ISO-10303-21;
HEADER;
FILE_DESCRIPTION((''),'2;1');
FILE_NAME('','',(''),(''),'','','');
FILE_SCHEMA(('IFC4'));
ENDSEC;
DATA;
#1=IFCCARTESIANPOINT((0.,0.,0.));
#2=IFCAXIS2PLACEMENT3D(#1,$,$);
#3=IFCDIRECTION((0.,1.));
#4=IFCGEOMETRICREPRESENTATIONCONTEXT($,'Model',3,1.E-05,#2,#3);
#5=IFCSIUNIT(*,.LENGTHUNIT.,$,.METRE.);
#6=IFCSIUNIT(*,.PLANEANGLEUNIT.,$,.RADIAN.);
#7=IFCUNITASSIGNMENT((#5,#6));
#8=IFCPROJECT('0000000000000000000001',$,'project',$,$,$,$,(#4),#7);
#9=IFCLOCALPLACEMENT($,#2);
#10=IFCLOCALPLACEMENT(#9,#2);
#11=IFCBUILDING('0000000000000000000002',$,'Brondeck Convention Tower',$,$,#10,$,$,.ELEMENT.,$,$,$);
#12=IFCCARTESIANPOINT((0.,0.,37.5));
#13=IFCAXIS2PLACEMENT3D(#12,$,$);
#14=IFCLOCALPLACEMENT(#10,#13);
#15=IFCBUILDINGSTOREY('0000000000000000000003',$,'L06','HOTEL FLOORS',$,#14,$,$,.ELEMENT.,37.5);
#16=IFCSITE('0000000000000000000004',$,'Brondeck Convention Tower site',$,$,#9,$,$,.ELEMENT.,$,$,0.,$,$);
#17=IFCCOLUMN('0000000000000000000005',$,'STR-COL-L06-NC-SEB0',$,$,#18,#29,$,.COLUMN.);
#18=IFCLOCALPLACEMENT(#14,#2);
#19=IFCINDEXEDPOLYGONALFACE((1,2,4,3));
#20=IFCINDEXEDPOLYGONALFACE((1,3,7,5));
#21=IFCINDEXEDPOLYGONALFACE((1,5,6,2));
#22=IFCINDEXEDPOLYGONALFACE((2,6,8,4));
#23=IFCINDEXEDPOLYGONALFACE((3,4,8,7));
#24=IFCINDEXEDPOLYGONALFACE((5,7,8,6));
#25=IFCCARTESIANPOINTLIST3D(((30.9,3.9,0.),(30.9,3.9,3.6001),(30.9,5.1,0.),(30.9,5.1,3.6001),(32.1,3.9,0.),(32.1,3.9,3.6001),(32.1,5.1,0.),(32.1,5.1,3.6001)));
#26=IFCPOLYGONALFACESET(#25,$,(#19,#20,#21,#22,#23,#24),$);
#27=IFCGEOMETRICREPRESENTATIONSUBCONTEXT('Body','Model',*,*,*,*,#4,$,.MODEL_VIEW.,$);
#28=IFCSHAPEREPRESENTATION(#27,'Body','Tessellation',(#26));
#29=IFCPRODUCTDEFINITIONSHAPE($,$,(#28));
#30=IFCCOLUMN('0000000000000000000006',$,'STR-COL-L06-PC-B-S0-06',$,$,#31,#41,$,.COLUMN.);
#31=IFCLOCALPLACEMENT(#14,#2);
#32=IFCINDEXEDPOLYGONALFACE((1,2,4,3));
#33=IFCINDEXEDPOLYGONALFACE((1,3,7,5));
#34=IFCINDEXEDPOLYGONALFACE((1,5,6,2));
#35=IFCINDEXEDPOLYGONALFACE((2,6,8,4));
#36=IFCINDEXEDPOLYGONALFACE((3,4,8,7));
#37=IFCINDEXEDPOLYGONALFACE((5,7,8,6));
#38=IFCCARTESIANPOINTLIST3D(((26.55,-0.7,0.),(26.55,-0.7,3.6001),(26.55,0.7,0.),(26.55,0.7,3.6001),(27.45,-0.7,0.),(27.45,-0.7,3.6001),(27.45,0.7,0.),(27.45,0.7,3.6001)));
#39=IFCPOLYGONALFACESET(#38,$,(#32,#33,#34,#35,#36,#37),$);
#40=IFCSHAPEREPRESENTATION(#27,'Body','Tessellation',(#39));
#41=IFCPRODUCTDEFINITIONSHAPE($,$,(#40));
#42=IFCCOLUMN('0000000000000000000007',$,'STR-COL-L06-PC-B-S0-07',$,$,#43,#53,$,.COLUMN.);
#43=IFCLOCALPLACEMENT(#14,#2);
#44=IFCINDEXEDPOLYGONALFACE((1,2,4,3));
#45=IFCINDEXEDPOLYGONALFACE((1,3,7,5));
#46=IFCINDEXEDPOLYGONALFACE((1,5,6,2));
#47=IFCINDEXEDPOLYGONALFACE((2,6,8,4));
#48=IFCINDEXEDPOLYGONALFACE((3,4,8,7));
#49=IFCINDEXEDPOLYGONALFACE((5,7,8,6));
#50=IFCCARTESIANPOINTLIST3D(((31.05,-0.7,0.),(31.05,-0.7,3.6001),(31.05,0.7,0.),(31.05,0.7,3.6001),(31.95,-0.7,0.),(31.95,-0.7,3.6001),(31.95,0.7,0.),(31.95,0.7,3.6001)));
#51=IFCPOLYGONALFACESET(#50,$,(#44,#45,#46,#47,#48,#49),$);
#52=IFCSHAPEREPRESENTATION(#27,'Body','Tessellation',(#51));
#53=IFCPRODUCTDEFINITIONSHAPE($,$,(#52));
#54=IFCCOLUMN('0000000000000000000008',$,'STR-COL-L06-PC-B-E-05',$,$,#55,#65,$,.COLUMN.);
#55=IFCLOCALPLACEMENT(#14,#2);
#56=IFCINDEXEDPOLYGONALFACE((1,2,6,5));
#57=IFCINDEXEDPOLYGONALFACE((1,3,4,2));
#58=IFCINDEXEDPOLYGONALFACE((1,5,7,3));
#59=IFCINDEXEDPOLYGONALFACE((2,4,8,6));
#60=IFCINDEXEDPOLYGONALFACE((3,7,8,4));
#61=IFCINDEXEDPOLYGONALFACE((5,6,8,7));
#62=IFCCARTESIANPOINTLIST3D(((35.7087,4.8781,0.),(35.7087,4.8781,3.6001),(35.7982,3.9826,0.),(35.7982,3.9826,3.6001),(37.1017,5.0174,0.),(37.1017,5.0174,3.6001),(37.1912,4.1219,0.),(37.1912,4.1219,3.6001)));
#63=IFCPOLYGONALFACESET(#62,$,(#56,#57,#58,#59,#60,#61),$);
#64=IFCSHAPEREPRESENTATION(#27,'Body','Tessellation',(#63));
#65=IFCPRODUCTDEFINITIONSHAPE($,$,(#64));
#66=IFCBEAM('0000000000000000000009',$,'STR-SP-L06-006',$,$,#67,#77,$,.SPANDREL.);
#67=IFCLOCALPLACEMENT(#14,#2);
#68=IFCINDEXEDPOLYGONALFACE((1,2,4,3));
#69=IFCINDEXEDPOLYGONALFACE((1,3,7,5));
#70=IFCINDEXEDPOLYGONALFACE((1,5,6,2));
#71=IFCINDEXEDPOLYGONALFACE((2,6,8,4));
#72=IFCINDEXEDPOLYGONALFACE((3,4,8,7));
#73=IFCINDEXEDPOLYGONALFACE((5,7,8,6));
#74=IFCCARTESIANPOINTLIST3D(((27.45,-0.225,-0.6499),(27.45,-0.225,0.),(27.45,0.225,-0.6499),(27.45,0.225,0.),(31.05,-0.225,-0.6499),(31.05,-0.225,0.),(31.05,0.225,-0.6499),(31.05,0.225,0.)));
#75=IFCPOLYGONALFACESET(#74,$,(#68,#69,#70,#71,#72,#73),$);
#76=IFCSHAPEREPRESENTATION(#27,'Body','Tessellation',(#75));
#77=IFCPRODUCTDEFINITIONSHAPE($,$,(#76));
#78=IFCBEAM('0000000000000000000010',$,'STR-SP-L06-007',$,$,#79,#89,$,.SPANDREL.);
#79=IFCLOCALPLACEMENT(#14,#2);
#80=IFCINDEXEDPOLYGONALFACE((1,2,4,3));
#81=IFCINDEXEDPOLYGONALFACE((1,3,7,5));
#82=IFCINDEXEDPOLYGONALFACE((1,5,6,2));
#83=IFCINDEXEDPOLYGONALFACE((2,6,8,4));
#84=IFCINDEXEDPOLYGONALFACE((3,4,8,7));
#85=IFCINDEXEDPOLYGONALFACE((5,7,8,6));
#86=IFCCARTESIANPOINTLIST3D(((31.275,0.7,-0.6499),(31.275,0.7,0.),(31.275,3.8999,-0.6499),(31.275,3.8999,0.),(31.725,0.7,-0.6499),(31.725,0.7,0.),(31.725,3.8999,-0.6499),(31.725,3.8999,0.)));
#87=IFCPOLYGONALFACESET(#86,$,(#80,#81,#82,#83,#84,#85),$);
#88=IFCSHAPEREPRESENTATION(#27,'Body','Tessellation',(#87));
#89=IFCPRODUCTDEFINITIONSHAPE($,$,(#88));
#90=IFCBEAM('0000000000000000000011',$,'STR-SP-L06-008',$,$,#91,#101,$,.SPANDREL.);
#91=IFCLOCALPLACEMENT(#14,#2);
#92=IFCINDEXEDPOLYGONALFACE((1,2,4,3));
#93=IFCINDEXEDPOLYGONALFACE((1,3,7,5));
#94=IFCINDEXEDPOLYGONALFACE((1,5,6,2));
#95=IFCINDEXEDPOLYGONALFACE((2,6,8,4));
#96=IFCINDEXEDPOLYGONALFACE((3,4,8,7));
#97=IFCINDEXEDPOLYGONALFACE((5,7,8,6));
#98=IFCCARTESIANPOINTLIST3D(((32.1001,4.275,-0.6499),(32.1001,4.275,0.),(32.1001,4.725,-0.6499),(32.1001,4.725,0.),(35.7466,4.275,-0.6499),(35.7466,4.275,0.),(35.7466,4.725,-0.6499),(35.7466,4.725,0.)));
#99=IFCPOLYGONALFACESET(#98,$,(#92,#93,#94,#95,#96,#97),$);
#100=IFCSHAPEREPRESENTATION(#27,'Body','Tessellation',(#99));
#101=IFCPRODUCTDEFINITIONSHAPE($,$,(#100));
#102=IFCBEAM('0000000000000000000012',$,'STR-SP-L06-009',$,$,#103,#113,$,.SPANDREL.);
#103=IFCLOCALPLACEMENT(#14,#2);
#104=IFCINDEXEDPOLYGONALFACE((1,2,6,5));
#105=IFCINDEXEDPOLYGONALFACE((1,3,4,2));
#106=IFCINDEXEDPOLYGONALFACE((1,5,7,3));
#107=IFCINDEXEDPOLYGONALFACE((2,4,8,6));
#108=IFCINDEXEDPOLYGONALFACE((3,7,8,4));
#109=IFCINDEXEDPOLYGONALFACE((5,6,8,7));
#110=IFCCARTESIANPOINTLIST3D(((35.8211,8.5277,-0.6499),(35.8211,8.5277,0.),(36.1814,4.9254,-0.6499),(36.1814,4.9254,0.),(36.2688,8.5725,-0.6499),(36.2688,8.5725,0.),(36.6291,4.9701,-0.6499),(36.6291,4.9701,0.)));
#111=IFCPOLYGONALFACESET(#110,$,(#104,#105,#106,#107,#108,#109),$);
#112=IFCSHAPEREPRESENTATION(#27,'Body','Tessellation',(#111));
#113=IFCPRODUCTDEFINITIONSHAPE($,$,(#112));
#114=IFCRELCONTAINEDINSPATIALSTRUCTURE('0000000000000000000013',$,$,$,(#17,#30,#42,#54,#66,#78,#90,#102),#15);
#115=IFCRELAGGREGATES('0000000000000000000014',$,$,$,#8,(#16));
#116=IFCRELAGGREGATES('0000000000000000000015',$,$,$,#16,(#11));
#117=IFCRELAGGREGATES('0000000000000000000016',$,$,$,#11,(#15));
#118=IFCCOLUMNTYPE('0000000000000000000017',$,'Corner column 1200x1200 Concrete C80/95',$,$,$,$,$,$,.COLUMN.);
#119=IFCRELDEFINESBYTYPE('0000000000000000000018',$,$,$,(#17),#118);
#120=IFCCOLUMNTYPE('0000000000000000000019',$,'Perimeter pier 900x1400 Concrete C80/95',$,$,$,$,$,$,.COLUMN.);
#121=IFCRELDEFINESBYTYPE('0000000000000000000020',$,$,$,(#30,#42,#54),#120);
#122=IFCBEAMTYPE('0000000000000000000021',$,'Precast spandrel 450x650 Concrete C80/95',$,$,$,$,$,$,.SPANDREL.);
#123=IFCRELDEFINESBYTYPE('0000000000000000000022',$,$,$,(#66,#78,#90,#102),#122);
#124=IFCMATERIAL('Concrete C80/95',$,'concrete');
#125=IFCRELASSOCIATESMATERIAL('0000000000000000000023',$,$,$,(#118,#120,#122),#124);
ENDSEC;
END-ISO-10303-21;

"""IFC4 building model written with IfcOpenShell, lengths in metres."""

from ifc_helpers import new_model, si_unit, direction, frame, origin, origin_2d, place, context, subcontext, project, spatial, rectangle, extrude, material, material_profile, profile_set, type_object, element, save


model = new_model("IFC4")

# Units and contexts
model_context = context("Model", 3, precision=1e-05, world=origin(), true_north=direction((0.0, 1.0)))
body_context = subcontext(model_context, "Body", "Model", "MODEL_VIEW")
ifc_project = project(units=[si_unit("LENGTHUNIT", "METRE"), si_unit("PLANEANGLEUNIT", "RADIAN")], contexts=[model_context])

# Site, building, storey
site_placement = place(None, origin())
site = spatial("IfcSite", under=ifc_project, at=site_placement, Name="Brondeck Convention Tower site", CompositionType="ELEMENT", RefElevation=0.0)
building_placement = place(site_placement, origin())
building = spatial("IfcBuilding", under=site, at=building_placement, Name="Brondeck Convention Tower", CompositionType="ELEMENT")
storey_placement = place(building_placement, frame((0.0, 0.0, 37.5)))
storey = spatial("IfcBuildingStorey", under=building, at=storey_placement, Name="L06", Description="HOTEL FLOORS", CompositionType="ELEMENT", Elevation=37.5)

# Columns
ifc_material_1 = material(Name="Concrete C80/95", Category="concrete")
ifc_material_profile_1 = material_profile(ifc_material_1, rectangle(XDim=1.2, YDim=1.2, at=origin_2d()), Name="Corner column 1200x1200 Concrete C80/95")
ifc_profile_set_1 = profile_set([ifc_material_profile_1], Name="Concrete C80/95")
column_type_1 = type_object("IfcColumnType", Name="Corner column 1200x1200 Concrete C80/95", PredefinedType="COLUMN", material=ifc_profile_set_1)
column_placement = place(storey_placement, frame((31.5, 4.5, 0.0), z_axis=(0.0, 0.0, 1.0), x_axis=(1.0, 0.0, 0.0)))
element("IfcColumn", 1, at=column_placement, inside=storey, type_object=column_type_1, Name="STR-COL-L06-NC-SEB0", PredefinedType="COLUMN", context=body_context, shape_type="SweptSolid", body=[
    extrude(rectangle(XDim=1.2, YDim=1.2, at=origin_2d()), origin(), (0.0, 0.0, 1.0), 3.6001),
])
ifc_material_profile_2 = material_profile(ifc_material_1, rectangle(XDim=0.8999, YDim=1.3999, at=origin_2d()), Name="Perimeter pier 900x1400 Concrete C80/95")
ifc_profile_set_2 = profile_set([ifc_material_profile_2], Name="Concrete C80/95")
column_type_2 = type_object("IfcColumnType", Name="Perimeter pier 900x1400 Concrete C80/95", PredefinedType="COLUMN", material=ifc_profile_set_2)
for number, where, z_axis, x_axis, name in (
    (2, (27.0, 0.0, 0.0), (0.0, 0.0, 1.0), (1.0, 0.0, 0.0), "STR-COL-L06-PC-B-S0-06"),
    (3, (31.5, 0.0, 0.0), (0.0, 0.0, 1.0), (1.0, 0.0, 0.0), "STR-COL-L06-PC-B-S0-07"),
    (4, (36.45, 4.5, 0.0), (0.0, 0.0, 1.0), (-0.099504, 0.995037, 0.0), "STR-COL-L06-PC-B-E-05"),
):
    element("IfcColumn", number, at=place(storey_placement, frame(where, z_axis=z_axis, x_axis=x_axis)), inside=storey, type_object=column_type_2, Name=name, PredefinedType="COLUMN", context=body_context, shape_type="SweptSolid", body=[
        extrude(rectangle(XDim=0.8999, YDim=1.3999, at=origin_2d()), origin(), (0.0, 0.0, 1.0), 3.6001),
    ])

# Beams
ifc_material_profile_3 = material_profile(ifc_material_1, rectangle(XDim=0.45, YDim=0.6499, at=origin_2d()), Name="Precast spandrel 450x650 Concrete C80/95")
ifc_profile_set_3 = profile_set([ifc_material_profile_3], Name="Concrete C80/95")
beam_type = type_object("IfcBeamType", Name="Precast spandrel 450x650 Concrete C80/95", PredefinedType="SPANDREL", material=ifc_profile_set_3)
beam_1_placement = place(storey_placement, frame((27.45, 0.0, -0.325), z_axis=(1.0, 0.0, 0.0), x_axis=(0.0, 1.0, 0.0)))
element("IfcBeam", 5, at=beam_1_placement, inside=storey, type_object=beam_type, Name="STR-SP-L06-006", PredefinedType="SPANDREL", context=body_context, shape_type="SweptSolid", body=[
    extrude(rectangle(XDim=0.45, YDim=0.6499, at=origin_2d()), origin(), (0.0, 0.0, 1.0), 3.6001),
])
beam_2_placement = place(storey_placement, frame((31.5, 0.7, -0.325), z_axis=(0.0, 1.0, 0.0), x_axis=(-1.0, 0.0, 0.0)))
element("IfcBeam", 6, at=beam_2_placement, inside=storey, type_object=beam_type, Name="STR-SP-L06-007", PredefinedType="SPANDREL", context=body_context, shape_type="SweptSolid", body=[
    extrude(rectangle(XDim=0.45, YDim=0.6499, at=origin_2d()), origin(), (0.0, 0.0, 1.0), 3.2),
])
beam_3_placement = place(storey_placement, frame((32.1001, 4.5, -0.325), z_axis=(1.0, 0.0, 0.0), x_axis=(0.0, 1.0, 0.0)))
element("IfcBeam", 7, at=beam_3_placement, inside=storey, type_object=beam_type, Name="STR-SP-L06-008", PredefinedType="SPANDREL", context=body_context, shape_type="SweptSolid", body=[
    extrude(rectangle(XDim=0.45, YDim=0.6499, at=origin_2d()), origin(), (0.0, 0.0, 1.0), 3.6465),
])
beam_4_placement = place(storey_placement, frame((36.4053, 4.9478, -0.325), z_axis=(-0.099537, 0.995034, 0.0), x_axis=(-0.995034, -0.099537, 0.0)))
element("IfcBeam", 8, at=beam_4_placement, inside=storey, type_object=beam_type, Name="STR-SP-L06-009", PredefinedType="SPANDREL", context=body_context, shape_type="SweptSolid", body=[
    extrude(rectangle(XDim=0.45, YDim=0.6499, at=origin_2d()), origin(), (0.0, 0.0, 1.0), 3.6204),
])

save(model, "model.ifc")
